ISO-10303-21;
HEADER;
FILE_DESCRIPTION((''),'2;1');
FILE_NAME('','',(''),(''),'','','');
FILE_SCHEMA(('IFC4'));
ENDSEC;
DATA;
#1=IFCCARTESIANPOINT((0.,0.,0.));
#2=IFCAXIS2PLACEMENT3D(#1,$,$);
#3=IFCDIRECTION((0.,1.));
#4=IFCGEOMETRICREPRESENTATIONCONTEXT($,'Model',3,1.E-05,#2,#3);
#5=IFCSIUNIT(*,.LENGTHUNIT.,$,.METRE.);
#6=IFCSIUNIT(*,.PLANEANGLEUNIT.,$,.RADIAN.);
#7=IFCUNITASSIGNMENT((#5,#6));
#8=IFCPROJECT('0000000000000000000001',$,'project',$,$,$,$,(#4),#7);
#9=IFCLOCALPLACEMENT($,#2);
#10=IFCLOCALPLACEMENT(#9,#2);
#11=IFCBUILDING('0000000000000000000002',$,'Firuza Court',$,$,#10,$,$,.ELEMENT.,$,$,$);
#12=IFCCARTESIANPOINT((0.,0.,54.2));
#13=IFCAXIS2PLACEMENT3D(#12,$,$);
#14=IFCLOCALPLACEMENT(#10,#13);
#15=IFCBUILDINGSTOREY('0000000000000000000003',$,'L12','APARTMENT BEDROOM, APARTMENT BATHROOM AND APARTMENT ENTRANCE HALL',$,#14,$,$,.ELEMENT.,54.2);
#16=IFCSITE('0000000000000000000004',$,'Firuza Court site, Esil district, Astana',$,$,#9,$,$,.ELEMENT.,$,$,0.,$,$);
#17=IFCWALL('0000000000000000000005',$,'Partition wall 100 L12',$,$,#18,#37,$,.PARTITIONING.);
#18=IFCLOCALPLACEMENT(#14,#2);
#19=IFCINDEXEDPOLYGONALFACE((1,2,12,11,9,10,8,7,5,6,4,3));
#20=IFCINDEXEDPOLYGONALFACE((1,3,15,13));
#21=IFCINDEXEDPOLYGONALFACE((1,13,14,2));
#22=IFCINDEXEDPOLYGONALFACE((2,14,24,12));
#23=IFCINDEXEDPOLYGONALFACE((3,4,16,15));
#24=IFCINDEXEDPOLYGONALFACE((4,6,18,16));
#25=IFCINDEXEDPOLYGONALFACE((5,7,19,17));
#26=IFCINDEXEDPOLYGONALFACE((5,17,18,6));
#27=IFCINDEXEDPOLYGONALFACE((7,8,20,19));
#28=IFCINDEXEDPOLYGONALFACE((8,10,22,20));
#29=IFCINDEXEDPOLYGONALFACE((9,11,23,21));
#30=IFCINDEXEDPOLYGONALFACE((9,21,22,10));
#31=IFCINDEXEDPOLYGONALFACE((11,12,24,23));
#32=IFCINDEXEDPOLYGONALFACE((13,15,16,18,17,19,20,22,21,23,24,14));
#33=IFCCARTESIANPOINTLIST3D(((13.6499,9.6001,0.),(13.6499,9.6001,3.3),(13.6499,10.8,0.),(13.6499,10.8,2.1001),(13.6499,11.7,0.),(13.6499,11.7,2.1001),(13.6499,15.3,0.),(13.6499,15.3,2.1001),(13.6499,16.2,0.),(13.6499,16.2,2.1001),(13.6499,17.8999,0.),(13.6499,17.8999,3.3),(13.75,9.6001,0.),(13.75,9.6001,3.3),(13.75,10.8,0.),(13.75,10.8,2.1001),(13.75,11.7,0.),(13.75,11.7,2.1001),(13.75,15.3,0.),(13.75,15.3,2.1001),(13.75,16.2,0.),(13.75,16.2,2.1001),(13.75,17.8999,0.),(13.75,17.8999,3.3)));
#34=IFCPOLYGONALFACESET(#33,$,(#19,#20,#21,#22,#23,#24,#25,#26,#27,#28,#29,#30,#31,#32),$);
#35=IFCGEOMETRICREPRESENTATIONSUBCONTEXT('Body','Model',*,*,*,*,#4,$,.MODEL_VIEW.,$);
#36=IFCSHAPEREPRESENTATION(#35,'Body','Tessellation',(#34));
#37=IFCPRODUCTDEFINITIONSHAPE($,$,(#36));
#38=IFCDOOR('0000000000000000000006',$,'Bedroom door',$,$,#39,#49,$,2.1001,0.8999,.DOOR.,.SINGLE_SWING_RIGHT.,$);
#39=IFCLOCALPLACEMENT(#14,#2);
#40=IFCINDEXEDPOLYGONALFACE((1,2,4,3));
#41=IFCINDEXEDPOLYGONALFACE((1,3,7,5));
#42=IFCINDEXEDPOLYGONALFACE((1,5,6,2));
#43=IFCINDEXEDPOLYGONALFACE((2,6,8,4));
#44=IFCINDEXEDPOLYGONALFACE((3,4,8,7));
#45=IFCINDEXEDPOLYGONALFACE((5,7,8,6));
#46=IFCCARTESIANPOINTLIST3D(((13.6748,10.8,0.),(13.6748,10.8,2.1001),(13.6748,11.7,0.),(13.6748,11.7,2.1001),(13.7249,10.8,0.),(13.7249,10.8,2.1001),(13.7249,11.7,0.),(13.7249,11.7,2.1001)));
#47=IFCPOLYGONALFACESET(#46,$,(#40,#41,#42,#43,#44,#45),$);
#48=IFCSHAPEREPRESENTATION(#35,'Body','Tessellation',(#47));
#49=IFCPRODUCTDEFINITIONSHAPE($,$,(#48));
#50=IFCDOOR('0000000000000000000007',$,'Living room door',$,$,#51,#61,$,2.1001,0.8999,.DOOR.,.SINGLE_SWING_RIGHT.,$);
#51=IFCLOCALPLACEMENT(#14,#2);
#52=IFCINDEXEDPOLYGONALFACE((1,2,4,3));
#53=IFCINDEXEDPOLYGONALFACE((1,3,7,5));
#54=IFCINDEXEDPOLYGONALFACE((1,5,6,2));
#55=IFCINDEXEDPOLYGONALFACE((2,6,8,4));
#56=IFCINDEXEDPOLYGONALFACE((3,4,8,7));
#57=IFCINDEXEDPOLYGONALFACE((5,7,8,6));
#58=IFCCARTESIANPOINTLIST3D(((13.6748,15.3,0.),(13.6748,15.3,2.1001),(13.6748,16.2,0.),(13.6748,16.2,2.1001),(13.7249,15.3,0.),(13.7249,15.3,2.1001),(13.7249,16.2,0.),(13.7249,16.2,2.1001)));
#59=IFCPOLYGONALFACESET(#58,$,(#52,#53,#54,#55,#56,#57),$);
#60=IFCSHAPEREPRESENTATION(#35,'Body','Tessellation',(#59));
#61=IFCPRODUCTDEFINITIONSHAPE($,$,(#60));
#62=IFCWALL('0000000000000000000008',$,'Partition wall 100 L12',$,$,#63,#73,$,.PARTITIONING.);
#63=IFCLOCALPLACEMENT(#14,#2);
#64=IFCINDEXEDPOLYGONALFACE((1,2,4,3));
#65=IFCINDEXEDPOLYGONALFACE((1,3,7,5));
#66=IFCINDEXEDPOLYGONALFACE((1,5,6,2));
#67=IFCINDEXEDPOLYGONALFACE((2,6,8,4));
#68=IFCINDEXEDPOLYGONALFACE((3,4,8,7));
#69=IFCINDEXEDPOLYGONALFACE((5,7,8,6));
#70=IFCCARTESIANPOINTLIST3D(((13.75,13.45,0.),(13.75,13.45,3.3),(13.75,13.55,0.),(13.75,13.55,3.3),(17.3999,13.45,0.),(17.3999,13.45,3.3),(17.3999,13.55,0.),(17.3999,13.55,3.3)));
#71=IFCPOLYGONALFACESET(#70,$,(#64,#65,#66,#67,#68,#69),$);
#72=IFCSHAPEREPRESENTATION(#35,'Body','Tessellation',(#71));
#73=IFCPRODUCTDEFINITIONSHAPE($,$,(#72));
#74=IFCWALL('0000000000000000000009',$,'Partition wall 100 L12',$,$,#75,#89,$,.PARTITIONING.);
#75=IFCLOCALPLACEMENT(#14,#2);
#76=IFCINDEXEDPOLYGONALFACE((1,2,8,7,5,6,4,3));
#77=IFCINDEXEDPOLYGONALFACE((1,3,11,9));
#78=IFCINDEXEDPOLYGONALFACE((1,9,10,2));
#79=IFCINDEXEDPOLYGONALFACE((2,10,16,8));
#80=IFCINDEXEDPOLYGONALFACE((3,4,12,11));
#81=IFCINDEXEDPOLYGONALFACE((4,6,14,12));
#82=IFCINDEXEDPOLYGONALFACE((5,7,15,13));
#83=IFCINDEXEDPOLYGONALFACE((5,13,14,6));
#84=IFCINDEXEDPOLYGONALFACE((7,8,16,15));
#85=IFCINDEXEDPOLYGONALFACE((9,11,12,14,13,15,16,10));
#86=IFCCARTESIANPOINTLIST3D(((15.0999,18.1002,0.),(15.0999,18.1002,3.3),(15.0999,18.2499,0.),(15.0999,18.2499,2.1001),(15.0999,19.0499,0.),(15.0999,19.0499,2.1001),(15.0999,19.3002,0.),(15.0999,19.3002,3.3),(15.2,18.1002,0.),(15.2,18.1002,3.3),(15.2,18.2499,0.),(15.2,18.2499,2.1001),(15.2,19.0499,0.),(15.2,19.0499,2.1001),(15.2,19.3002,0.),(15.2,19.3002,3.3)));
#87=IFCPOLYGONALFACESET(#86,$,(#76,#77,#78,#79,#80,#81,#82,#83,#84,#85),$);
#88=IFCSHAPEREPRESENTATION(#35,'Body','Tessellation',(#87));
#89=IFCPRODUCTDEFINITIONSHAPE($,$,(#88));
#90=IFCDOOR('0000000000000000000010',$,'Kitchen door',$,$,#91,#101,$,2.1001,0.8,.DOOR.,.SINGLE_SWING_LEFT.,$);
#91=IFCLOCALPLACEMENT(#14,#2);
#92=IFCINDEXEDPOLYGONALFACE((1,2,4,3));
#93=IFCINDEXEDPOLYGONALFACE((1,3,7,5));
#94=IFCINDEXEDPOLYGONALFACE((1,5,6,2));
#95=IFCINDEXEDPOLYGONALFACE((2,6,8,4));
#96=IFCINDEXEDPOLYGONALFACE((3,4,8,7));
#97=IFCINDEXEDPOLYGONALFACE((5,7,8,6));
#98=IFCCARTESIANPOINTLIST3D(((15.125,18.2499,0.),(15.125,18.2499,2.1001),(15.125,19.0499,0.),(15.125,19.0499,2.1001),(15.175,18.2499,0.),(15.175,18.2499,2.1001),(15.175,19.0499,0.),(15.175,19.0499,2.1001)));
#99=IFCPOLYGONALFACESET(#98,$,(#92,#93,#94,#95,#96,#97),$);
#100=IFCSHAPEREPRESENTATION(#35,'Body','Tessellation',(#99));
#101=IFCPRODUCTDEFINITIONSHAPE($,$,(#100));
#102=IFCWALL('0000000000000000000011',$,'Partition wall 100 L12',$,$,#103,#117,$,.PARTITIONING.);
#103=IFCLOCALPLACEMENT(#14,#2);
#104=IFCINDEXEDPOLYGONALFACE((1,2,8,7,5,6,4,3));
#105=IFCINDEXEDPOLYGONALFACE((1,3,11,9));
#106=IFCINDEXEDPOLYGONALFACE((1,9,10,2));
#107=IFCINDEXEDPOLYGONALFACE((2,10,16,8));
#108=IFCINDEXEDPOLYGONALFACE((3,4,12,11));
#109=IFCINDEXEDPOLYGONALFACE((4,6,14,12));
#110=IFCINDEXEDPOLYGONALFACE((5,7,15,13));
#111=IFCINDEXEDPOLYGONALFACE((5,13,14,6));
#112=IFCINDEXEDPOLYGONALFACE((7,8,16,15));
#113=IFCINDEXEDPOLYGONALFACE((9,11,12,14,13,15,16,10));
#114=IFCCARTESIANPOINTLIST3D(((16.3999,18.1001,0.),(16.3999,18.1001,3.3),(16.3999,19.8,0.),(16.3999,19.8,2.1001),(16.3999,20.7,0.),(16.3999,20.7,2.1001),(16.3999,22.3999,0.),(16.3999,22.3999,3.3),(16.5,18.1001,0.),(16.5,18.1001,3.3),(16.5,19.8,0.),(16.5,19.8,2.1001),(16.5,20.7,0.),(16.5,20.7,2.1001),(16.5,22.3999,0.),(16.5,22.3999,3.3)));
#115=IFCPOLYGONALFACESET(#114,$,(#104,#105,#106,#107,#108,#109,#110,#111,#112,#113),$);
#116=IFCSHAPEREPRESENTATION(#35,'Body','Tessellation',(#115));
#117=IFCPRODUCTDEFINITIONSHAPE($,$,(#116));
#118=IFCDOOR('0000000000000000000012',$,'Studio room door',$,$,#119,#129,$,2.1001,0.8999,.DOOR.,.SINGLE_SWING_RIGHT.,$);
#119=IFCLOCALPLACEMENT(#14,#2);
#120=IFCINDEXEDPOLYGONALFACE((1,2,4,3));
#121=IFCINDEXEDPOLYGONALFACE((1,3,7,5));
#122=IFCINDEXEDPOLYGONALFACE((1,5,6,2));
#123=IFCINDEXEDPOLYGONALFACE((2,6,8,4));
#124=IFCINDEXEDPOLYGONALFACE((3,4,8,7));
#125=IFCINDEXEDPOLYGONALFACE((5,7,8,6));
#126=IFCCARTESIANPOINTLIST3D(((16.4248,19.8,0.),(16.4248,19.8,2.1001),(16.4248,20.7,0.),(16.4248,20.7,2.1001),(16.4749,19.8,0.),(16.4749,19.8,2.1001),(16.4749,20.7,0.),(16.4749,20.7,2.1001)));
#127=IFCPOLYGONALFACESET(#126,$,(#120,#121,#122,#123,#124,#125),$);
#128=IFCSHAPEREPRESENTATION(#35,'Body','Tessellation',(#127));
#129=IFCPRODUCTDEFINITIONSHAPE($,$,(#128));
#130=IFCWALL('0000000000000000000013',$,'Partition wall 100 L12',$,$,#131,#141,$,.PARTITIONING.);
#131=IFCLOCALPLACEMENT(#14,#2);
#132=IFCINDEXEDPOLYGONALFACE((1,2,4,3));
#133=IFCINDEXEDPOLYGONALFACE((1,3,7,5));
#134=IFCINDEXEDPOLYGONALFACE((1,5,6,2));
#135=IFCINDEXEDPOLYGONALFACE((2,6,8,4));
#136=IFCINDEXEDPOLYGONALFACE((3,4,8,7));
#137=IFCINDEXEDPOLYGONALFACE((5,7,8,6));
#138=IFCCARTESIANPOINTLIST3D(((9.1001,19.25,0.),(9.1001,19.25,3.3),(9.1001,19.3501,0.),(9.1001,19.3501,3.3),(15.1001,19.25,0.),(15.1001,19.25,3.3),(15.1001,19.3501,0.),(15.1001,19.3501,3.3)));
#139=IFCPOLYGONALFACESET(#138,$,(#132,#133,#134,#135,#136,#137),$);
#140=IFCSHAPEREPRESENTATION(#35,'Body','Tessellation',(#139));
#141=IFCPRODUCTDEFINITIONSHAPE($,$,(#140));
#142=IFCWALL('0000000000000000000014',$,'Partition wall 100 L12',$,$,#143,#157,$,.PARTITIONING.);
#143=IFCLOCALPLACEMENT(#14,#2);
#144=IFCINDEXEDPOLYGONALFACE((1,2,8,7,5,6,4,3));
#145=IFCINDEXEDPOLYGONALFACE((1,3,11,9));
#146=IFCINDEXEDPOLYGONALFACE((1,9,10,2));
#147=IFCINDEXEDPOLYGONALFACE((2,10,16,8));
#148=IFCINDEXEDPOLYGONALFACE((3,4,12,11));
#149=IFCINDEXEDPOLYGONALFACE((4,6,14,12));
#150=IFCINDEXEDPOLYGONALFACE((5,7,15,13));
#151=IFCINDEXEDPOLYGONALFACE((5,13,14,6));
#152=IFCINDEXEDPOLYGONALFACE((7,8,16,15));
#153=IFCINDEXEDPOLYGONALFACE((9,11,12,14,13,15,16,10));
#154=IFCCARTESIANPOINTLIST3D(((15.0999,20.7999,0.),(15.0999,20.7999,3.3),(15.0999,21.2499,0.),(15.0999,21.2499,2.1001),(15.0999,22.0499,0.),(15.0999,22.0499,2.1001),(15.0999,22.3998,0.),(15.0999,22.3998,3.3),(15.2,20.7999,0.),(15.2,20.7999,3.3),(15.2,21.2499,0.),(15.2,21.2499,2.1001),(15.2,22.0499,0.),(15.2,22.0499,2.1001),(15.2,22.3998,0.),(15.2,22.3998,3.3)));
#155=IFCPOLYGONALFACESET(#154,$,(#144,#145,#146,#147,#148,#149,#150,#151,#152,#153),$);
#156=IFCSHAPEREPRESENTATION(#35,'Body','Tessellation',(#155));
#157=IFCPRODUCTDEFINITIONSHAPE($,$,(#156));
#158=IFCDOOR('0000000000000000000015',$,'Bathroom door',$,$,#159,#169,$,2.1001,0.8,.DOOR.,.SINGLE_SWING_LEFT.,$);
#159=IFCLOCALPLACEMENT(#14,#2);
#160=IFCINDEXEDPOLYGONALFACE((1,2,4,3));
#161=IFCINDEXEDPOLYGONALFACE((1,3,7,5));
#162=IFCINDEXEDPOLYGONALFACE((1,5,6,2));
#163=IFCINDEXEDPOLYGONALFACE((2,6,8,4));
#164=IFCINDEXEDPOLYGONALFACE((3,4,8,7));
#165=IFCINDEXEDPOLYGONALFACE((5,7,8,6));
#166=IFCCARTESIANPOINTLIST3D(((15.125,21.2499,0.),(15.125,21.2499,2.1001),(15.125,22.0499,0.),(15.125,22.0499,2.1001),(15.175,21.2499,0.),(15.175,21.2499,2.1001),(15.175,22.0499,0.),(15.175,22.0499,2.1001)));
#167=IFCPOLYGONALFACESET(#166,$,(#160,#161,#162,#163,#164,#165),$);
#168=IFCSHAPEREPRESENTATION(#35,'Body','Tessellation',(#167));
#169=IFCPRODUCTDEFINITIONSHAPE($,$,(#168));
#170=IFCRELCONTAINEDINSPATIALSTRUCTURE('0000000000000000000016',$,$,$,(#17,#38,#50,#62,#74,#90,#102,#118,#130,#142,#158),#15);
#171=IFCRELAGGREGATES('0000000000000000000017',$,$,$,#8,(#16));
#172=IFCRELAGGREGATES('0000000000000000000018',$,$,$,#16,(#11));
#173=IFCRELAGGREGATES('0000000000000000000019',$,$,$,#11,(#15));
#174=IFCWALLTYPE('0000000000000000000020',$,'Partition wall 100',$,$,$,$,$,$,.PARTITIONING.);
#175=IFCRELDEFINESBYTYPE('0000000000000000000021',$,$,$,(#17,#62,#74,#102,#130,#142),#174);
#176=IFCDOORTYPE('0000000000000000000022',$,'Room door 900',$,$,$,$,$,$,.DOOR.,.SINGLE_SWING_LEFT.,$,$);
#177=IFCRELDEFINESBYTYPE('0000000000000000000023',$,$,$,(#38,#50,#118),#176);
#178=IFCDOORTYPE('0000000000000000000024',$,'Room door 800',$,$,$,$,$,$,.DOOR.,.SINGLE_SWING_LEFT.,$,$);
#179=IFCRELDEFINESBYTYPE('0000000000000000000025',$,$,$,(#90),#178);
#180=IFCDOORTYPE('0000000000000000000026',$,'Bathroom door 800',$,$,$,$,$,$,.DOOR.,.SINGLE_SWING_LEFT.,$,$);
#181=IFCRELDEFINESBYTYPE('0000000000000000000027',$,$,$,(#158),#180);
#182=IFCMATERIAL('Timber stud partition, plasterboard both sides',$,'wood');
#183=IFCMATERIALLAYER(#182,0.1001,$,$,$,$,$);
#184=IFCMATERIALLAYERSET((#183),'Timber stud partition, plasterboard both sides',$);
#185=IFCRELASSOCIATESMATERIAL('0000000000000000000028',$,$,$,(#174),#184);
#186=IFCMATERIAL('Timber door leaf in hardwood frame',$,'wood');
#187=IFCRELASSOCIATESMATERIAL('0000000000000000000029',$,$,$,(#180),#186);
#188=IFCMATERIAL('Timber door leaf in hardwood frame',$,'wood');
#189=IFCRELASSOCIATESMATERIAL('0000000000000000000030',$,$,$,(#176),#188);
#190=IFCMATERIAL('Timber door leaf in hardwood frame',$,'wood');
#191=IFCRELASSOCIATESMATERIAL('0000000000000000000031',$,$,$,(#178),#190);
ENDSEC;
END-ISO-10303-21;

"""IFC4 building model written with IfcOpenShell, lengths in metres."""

from ifc_helpers import new_model, si_unit, direction, frame, frame_2d, origin, place, context, subcontext, project, spatial, rectangle, extrude, material, layer, layer_set, type_object, element, fill, save


model = new_model("IFC4")

# Units and contexts
model_context = context("Model", 3, precision=1e-05, world=origin(), true_north=direction((0.0, 1.0)))
body_context = subcontext(model_context, "Body", "Model", "MODEL_VIEW")
ifc_project = project(units=[si_unit("LENGTHUNIT", "METRE"), si_unit("PLANEANGLEUNIT", "RADIAN")], contexts=[model_context])

# Site, building, storey
site_placement = place(None, origin())
site = spatial("IfcSite", under=ifc_project, at=site_placement, Name="Firuza Court site, Esil district, Astana", CompositionType="ELEMENT", RefElevation=0.0)
building_placement = place(site_placement, origin())
building = spatial("IfcBuilding", under=site, at=building_placement, Name="Firuza Court", CompositionType="ELEMENT")
storey_placement = place(building_placement, frame((0.0, 0.0, 54.2)))
storey = spatial("IfcBuildingStorey", under=building, at=storey_placement, Name="L12", Description="APARTMENT BEDROOM, APARTMENT BATHROOM AND APARTMENT ENTRANCE HALL", CompositionType="ELEMENT", Elevation=54.2)

# Wall, openings, doors
ifc_material_1 = material(Name="Timber stud partition, plasterboard both sides", Category="wood")
ifc_layer_1 = layer(ifc_material_1, 0.1001)
ifc_layer_set_1 = layer_set([ifc_layer_1], Name="Timber stud partition, plasterboard both sides")
wall_type_1 = type_object("IfcWallType", Name="Partition wall 100", PredefinedType="PARTITIONING", material=ifc_layer_set_1)
ifc_material_2 = material(Name="Timber door leaf in hardwood frame", Category="wood")
door_type_1 = type_object("IfcDoorType", Name="Bathroom door 800", OperationType="SINGLE_SWING_LEFT", PredefinedType="DOOR", material=ifc_material_2)
ifc_material_3 = material(Name="Timber door leaf in hardwood frame", Category="wood")
door_type_2 = type_object("IfcDoorType", Name="Room door 900", OperationType="SINGLE_SWING_LEFT", PredefinedType="DOOR", material=ifc_material_3)
wall_1_placement = place(storey_placement, frame((13.7, 9.6001, 0.0), z_axis=(0.0, 0.0, 1.0), x_axis=(0.0, 1.0, 0.0)))
wall_1 = element("IfcWall", 1, at=wall_1_placement, inside=storey, type_object=wall_type_1, Name="Partition wall 100 L12", PredefinedType="PARTITIONING", context=body_context, shape_type="SweptSolid", body=[
    extrude(rectangle(XDim=8.2998, YDim=0.1001, at=frame_2d((4.1499, 0.0))), origin(), (0.0, 0.0, 1.0), 3.3),
])
opening_1_placement = place(wall_1_placement, frame((1.2, 0.0, 0.0)))
opening_1 = element("IfcOpeningElement", 2, at=opening_1_placement, cuts=wall_1, PredefinedType="OPENING", context=body_context, shape_type="SweptSolid", body=[
    extrude(rectangle(XDim=0.8999, YDim=2.1001, at=frame_2d((0.45, 1.05))), frame((0.0, 0.062, 0.0), z_axis=(0.0, -1.0, 0.0), x_axis=(1.0, 0.0, 0.0)), (0.0, 0.0, 1.0), 0.124),
])
opening_2_placement = place(wall_1_placement, frame((5.7, 0.0, 0.0)))
opening_2 = element("IfcOpeningElement", 3, at=opening_2_placement, cuts=wall_1, PredefinedType="OPENING", context=body_context, shape_type="SweptSolid", body=[
    extrude(rectangle(XDim=0.8999, YDim=2.1001, at=frame_2d((0.45, 1.05))), frame((0.0, 0.062, 0.0), z_axis=(0.0, -1.0, 0.0), x_axis=(1.0, 0.0, 0.0)), (0.0, 0.0, 1.0), 0.124),
])
door_1_placement = place(opening_1_placement, frame((0.8999, 0.0, 0.0), z_axis=(0.0, 0.0, 1.0), x_axis=(-1.0, 0.0, 0.0)))
door_1 = element("IfcDoor", 4, at=door_1_placement, inside=storey, type_object=door_type_2, Name="Bedroom door", OperationType="SINGLE_SWING_RIGHT", OverallHeight=2.1001, OverallWidth=0.8999, PredefinedType="DOOR", context=body_context, shape_type="SweptSolid", body=[
    extrude(rectangle(XDim=0.8999, YDim=2.1001, at=frame_2d((0.45, 1.05))), frame((0.0, 0.0249, 0.0), z_axis=(0.0, -1.0, 0.0), x_axis=(1.0, 0.0, 0.0)), (0.0, 0.0, 1.0), 0.05),
])
fill(opening_1, door_1)
door_2_placement = place(opening_2_placement, frame((0.8999, 0.0, 0.0), z_axis=(0.0, 0.0, 1.0), x_axis=(-1.0, 0.0, 0.0)))
door_2 = element("IfcDoor", 5, at=door_2_placement, inside=storey, type_object=door_type_2, Name="Living room door", OperationType="SINGLE_SWING_RIGHT", OverallHeight=2.1001, OverallWidth=0.8999, PredefinedType="DOOR", context=body_context, shape_type="SweptSolid", body=[
    extrude(rectangle(XDim=0.8999, YDim=2.1001, at=frame_2d((0.45, 1.05))), frame((0.0, 0.0249, 0.0), z_axis=(0.0, -1.0, 0.0), x_axis=(1.0, 0.0, 0.0)), (0.0, 0.0, 1.0), 0.05),
])
fill(opening_2, door_2)

# Wall
wall_2_placement = place(storey_placement, frame((13.75, 13.5, 0.0), z_axis=(0.0, 0.0, 1.0), x_axis=(1.0, 0.0, 0.0)))
element("IfcWall", 6, at=wall_2_placement, inside=storey, type_object=wall_type_1, Name="Partition wall 100 L12", PredefinedType="PARTITIONING", context=body_context, shape_type="SweptSolid", body=[
    extrude(rectangle(XDim=3.6499, YDim=0.1001, at=frame_2d((1.825, 0.0))), origin(), (0.0, 0.0, 1.0), 3.3),
])

# Walls, openings, doors
wall_3_placement = place(storey_placement, frame((15.1499, 18.1001, 0.0), z_axis=(0.0, 0.0, 1.0), x_axis=(0.0, 1.0, 0.0)))
wall_3 = element("IfcWall", 7, at=wall_3_placement, inside=storey, type_object=wall_type_1, Name="Partition wall 100 L12", PredefinedType="PARTITIONING", context=body_context, shape_type="SweptSolid", body=[
    extrude(rectangle(XDim=1.2, YDim=0.1001, at=frame_2d((0.6001, 0.0))), origin(), (0.0, 0.0, 1.0), 3.3),
])
opening_3_placement = place(wall_3_placement, frame((0.1499, 0.0, 0.0)))
opening_3 = element("IfcOpeningElement", 8, at=opening_3_placement, cuts=wall_3, PredefinedType="OPENING", context=body_context, shape_type="SweptSolid", body=[
    extrude(rectangle(XDim=0.8, YDim=2.1001, at=frame_2d((0.3999, 1.05))), frame((0.0, 0.062, 0.0), z_axis=(0.0, -1.0, 0.0), x_axis=(1.0, 0.0, 0.0)), (0.0, 0.0, 1.0), 0.124),
])
ifc_material_4 = material(Name="Timber door leaf in hardwood frame", Category="wood")
door_type_3 = type_object("IfcDoorType", Name="Room door 800", OperationType="SINGLE_SWING_LEFT", PredefinedType="DOOR", material=ifc_material_4)
door_3_placement = place(opening_3_placement, origin())
door_3 = element("IfcDoor", 9, at=door_3_placement, inside=storey, type_object=door_type_3, Name="Kitchen door", OperationType="SINGLE_SWING_LEFT", OverallHeight=2.1001, OverallWidth=0.8, PredefinedType="DOOR", context=body_context, shape_type="SweptSolid", body=[
    extrude(rectangle(XDim=0.8, YDim=2.1001, at=frame_2d((0.3999, 1.05))), frame((0.0, 0.0249, 0.0), z_axis=(0.0, -1.0, 0.0), x_axis=(1.0, 0.0, 0.0)), (0.0, 0.0, 1.0), 0.05),
])
fill(opening_3, door_3)
wall_4_placement = place(storey_placement, frame((16.45, 18.1001, 0.0), z_axis=(0.0, 0.0, 1.0), x_axis=(0.0, 1.0, 0.0)))
wall_4 = element("IfcWall", 10, at=wall_4_placement, inside=storey, type_object=wall_type_1, Name="Partition wall 100 L12", PredefinedType="PARTITIONING", context=body_context, shape_type="SweptSolid", body=[
    extrude(rectangle(XDim=4.2998, YDim=0.1001, at=frame_2d((2.1499, 0.0))), origin(), (0.0, 0.0, 1.0), 3.3),
])
opening_4_placement = place(wall_4_placement, frame((1.7, 0.0, 0.0)))
opening_4 = element("IfcOpeningElement", 11, at=opening_4_placement, cuts=wall_4, PredefinedType="OPENING", context=body_context, shape_type="SweptSolid", body=[
    extrude(rectangle(XDim=0.8999, YDim=2.1001, at=frame_2d((0.45, 1.05))), frame((0.0, 0.062, 0.0), z_axis=(0.0, -1.0, 0.0), x_axis=(1.0, 0.0, 0.0)), (0.0, 0.0, 1.0), 0.124),
])
door_4_placement = place(opening_4_placement, frame((0.8999, 0.0, 0.0), z_axis=(0.0, 0.0, 1.0), x_axis=(-1.0, 0.0, 0.0)))
door_4 = element("IfcDoor", 12, at=door_4_placement, inside=storey, type_object=door_type_2, Name="Studio room door", OperationType="SINGLE_SWING_RIGHT", OverallHeight=2.1001, OverallWidth=0.8999, PredefinedType="DOOR", context=body_context, shape_type="SweptSolid", body=[
    extrude(rectangle(XDim=0.8999, YDim=2.1001, at=frame_2d((0.45, 1.05))), frame((0.0, 0.0249, 0.0), z_axis=(0.0, -1.0, 0.0), x_axis=(1.0, 0.0, 0.0)), (0.0, 0.0, 1.0), 0.05),
])
fill(opening_4, door_4)

# Wall
wall_5_placement = place(storey_placement, frame((9.1001, 19.3, 0.0), z_axis=(0.0, 0.0, 1.0), x_axis=(1.0, 0.0, 0.0)))
element("IfcWall", 13, at=wall_5_placement, inside=storey, type_object=wall_type_1, Name="Partition wall 100 L12", PredefinedType="PARTITIONING", context=body_context, shape_type="SweptSolid", body=[
    extrude(rectangle(XDim=6.0, YDim=0.1001, at=frame_2d((3.0, 0.0))), origin(), (0.0, 0.0, 1.0), 3.3),
])

# Wall, opening, door
wall_6_placement = place(storey_placement, frame((15.1499, 20.8, 0.0), z_axis=(0.0, 0.0, 1.0), x_axis=(0.0, 1.0, 0.0)))
wall_6 = element("IfcWall", 14, at=wall_6_placement, inside=storey, type_object=wall_type_1, Name="Partition wall 100 L12", PredefinedType="PARTITIONING", context=body_context, shape_type="SweptSolid", body=[
    extrude(rectangle(XDim=1.5999, YDim=0.1001, at=frame_2d((0.7998, 0.0))), origin(), (0.0, 0.0, 1.0), 3.3),
])
opening_5_placement = place(wall_6_placement, frame((0.45, 0.0, 0.0)))
opening_5 = element("IfcOpeningElement", 15, at=opening_5_placement, cuts=wall_6, PredefinedType="OPENING", context=body_context, shape_type="SweptSolid", body=[
    extrude(rectangle(XDim=0.8, YDim=2.1001, at=frame_2d((0.3999, 1.05))), frame((0.0, 0.062, 0.0), z_axis=(0.0, -1.0, 0.0), x_axis=(1.0, 0.0, 0.0)), (0.0, 0.0, 1.0), 0.124),
])
door_5_placement = place(opening_5_placement, origin())
door_5 = element("IfcDoor", 16, at=door_5_placement, inside=storey, type_object=door_type_1, Name="Bathroom door", OperationType="SINGLE_SWING_LEFT", OverallHeight=2.1001, OverallWidth=0.8, PredefinedType="DOOR", context=body_context, shape_type="SweptSolid", body=[
    extrude(rectangle(XDim=0.8, YDim=2.1001, at=frame_2d((0.3999, 1.05))), frame((0.0, 0.0249, 0.0), z_axis=(0.0, -1.0, 0.0), x_axis=(1.0, 0.0, 0.0)), (0.0, 0.0, 1.0), 0.05),
])
fill(opening_5, door_5)

save(model, "model.ifc")
